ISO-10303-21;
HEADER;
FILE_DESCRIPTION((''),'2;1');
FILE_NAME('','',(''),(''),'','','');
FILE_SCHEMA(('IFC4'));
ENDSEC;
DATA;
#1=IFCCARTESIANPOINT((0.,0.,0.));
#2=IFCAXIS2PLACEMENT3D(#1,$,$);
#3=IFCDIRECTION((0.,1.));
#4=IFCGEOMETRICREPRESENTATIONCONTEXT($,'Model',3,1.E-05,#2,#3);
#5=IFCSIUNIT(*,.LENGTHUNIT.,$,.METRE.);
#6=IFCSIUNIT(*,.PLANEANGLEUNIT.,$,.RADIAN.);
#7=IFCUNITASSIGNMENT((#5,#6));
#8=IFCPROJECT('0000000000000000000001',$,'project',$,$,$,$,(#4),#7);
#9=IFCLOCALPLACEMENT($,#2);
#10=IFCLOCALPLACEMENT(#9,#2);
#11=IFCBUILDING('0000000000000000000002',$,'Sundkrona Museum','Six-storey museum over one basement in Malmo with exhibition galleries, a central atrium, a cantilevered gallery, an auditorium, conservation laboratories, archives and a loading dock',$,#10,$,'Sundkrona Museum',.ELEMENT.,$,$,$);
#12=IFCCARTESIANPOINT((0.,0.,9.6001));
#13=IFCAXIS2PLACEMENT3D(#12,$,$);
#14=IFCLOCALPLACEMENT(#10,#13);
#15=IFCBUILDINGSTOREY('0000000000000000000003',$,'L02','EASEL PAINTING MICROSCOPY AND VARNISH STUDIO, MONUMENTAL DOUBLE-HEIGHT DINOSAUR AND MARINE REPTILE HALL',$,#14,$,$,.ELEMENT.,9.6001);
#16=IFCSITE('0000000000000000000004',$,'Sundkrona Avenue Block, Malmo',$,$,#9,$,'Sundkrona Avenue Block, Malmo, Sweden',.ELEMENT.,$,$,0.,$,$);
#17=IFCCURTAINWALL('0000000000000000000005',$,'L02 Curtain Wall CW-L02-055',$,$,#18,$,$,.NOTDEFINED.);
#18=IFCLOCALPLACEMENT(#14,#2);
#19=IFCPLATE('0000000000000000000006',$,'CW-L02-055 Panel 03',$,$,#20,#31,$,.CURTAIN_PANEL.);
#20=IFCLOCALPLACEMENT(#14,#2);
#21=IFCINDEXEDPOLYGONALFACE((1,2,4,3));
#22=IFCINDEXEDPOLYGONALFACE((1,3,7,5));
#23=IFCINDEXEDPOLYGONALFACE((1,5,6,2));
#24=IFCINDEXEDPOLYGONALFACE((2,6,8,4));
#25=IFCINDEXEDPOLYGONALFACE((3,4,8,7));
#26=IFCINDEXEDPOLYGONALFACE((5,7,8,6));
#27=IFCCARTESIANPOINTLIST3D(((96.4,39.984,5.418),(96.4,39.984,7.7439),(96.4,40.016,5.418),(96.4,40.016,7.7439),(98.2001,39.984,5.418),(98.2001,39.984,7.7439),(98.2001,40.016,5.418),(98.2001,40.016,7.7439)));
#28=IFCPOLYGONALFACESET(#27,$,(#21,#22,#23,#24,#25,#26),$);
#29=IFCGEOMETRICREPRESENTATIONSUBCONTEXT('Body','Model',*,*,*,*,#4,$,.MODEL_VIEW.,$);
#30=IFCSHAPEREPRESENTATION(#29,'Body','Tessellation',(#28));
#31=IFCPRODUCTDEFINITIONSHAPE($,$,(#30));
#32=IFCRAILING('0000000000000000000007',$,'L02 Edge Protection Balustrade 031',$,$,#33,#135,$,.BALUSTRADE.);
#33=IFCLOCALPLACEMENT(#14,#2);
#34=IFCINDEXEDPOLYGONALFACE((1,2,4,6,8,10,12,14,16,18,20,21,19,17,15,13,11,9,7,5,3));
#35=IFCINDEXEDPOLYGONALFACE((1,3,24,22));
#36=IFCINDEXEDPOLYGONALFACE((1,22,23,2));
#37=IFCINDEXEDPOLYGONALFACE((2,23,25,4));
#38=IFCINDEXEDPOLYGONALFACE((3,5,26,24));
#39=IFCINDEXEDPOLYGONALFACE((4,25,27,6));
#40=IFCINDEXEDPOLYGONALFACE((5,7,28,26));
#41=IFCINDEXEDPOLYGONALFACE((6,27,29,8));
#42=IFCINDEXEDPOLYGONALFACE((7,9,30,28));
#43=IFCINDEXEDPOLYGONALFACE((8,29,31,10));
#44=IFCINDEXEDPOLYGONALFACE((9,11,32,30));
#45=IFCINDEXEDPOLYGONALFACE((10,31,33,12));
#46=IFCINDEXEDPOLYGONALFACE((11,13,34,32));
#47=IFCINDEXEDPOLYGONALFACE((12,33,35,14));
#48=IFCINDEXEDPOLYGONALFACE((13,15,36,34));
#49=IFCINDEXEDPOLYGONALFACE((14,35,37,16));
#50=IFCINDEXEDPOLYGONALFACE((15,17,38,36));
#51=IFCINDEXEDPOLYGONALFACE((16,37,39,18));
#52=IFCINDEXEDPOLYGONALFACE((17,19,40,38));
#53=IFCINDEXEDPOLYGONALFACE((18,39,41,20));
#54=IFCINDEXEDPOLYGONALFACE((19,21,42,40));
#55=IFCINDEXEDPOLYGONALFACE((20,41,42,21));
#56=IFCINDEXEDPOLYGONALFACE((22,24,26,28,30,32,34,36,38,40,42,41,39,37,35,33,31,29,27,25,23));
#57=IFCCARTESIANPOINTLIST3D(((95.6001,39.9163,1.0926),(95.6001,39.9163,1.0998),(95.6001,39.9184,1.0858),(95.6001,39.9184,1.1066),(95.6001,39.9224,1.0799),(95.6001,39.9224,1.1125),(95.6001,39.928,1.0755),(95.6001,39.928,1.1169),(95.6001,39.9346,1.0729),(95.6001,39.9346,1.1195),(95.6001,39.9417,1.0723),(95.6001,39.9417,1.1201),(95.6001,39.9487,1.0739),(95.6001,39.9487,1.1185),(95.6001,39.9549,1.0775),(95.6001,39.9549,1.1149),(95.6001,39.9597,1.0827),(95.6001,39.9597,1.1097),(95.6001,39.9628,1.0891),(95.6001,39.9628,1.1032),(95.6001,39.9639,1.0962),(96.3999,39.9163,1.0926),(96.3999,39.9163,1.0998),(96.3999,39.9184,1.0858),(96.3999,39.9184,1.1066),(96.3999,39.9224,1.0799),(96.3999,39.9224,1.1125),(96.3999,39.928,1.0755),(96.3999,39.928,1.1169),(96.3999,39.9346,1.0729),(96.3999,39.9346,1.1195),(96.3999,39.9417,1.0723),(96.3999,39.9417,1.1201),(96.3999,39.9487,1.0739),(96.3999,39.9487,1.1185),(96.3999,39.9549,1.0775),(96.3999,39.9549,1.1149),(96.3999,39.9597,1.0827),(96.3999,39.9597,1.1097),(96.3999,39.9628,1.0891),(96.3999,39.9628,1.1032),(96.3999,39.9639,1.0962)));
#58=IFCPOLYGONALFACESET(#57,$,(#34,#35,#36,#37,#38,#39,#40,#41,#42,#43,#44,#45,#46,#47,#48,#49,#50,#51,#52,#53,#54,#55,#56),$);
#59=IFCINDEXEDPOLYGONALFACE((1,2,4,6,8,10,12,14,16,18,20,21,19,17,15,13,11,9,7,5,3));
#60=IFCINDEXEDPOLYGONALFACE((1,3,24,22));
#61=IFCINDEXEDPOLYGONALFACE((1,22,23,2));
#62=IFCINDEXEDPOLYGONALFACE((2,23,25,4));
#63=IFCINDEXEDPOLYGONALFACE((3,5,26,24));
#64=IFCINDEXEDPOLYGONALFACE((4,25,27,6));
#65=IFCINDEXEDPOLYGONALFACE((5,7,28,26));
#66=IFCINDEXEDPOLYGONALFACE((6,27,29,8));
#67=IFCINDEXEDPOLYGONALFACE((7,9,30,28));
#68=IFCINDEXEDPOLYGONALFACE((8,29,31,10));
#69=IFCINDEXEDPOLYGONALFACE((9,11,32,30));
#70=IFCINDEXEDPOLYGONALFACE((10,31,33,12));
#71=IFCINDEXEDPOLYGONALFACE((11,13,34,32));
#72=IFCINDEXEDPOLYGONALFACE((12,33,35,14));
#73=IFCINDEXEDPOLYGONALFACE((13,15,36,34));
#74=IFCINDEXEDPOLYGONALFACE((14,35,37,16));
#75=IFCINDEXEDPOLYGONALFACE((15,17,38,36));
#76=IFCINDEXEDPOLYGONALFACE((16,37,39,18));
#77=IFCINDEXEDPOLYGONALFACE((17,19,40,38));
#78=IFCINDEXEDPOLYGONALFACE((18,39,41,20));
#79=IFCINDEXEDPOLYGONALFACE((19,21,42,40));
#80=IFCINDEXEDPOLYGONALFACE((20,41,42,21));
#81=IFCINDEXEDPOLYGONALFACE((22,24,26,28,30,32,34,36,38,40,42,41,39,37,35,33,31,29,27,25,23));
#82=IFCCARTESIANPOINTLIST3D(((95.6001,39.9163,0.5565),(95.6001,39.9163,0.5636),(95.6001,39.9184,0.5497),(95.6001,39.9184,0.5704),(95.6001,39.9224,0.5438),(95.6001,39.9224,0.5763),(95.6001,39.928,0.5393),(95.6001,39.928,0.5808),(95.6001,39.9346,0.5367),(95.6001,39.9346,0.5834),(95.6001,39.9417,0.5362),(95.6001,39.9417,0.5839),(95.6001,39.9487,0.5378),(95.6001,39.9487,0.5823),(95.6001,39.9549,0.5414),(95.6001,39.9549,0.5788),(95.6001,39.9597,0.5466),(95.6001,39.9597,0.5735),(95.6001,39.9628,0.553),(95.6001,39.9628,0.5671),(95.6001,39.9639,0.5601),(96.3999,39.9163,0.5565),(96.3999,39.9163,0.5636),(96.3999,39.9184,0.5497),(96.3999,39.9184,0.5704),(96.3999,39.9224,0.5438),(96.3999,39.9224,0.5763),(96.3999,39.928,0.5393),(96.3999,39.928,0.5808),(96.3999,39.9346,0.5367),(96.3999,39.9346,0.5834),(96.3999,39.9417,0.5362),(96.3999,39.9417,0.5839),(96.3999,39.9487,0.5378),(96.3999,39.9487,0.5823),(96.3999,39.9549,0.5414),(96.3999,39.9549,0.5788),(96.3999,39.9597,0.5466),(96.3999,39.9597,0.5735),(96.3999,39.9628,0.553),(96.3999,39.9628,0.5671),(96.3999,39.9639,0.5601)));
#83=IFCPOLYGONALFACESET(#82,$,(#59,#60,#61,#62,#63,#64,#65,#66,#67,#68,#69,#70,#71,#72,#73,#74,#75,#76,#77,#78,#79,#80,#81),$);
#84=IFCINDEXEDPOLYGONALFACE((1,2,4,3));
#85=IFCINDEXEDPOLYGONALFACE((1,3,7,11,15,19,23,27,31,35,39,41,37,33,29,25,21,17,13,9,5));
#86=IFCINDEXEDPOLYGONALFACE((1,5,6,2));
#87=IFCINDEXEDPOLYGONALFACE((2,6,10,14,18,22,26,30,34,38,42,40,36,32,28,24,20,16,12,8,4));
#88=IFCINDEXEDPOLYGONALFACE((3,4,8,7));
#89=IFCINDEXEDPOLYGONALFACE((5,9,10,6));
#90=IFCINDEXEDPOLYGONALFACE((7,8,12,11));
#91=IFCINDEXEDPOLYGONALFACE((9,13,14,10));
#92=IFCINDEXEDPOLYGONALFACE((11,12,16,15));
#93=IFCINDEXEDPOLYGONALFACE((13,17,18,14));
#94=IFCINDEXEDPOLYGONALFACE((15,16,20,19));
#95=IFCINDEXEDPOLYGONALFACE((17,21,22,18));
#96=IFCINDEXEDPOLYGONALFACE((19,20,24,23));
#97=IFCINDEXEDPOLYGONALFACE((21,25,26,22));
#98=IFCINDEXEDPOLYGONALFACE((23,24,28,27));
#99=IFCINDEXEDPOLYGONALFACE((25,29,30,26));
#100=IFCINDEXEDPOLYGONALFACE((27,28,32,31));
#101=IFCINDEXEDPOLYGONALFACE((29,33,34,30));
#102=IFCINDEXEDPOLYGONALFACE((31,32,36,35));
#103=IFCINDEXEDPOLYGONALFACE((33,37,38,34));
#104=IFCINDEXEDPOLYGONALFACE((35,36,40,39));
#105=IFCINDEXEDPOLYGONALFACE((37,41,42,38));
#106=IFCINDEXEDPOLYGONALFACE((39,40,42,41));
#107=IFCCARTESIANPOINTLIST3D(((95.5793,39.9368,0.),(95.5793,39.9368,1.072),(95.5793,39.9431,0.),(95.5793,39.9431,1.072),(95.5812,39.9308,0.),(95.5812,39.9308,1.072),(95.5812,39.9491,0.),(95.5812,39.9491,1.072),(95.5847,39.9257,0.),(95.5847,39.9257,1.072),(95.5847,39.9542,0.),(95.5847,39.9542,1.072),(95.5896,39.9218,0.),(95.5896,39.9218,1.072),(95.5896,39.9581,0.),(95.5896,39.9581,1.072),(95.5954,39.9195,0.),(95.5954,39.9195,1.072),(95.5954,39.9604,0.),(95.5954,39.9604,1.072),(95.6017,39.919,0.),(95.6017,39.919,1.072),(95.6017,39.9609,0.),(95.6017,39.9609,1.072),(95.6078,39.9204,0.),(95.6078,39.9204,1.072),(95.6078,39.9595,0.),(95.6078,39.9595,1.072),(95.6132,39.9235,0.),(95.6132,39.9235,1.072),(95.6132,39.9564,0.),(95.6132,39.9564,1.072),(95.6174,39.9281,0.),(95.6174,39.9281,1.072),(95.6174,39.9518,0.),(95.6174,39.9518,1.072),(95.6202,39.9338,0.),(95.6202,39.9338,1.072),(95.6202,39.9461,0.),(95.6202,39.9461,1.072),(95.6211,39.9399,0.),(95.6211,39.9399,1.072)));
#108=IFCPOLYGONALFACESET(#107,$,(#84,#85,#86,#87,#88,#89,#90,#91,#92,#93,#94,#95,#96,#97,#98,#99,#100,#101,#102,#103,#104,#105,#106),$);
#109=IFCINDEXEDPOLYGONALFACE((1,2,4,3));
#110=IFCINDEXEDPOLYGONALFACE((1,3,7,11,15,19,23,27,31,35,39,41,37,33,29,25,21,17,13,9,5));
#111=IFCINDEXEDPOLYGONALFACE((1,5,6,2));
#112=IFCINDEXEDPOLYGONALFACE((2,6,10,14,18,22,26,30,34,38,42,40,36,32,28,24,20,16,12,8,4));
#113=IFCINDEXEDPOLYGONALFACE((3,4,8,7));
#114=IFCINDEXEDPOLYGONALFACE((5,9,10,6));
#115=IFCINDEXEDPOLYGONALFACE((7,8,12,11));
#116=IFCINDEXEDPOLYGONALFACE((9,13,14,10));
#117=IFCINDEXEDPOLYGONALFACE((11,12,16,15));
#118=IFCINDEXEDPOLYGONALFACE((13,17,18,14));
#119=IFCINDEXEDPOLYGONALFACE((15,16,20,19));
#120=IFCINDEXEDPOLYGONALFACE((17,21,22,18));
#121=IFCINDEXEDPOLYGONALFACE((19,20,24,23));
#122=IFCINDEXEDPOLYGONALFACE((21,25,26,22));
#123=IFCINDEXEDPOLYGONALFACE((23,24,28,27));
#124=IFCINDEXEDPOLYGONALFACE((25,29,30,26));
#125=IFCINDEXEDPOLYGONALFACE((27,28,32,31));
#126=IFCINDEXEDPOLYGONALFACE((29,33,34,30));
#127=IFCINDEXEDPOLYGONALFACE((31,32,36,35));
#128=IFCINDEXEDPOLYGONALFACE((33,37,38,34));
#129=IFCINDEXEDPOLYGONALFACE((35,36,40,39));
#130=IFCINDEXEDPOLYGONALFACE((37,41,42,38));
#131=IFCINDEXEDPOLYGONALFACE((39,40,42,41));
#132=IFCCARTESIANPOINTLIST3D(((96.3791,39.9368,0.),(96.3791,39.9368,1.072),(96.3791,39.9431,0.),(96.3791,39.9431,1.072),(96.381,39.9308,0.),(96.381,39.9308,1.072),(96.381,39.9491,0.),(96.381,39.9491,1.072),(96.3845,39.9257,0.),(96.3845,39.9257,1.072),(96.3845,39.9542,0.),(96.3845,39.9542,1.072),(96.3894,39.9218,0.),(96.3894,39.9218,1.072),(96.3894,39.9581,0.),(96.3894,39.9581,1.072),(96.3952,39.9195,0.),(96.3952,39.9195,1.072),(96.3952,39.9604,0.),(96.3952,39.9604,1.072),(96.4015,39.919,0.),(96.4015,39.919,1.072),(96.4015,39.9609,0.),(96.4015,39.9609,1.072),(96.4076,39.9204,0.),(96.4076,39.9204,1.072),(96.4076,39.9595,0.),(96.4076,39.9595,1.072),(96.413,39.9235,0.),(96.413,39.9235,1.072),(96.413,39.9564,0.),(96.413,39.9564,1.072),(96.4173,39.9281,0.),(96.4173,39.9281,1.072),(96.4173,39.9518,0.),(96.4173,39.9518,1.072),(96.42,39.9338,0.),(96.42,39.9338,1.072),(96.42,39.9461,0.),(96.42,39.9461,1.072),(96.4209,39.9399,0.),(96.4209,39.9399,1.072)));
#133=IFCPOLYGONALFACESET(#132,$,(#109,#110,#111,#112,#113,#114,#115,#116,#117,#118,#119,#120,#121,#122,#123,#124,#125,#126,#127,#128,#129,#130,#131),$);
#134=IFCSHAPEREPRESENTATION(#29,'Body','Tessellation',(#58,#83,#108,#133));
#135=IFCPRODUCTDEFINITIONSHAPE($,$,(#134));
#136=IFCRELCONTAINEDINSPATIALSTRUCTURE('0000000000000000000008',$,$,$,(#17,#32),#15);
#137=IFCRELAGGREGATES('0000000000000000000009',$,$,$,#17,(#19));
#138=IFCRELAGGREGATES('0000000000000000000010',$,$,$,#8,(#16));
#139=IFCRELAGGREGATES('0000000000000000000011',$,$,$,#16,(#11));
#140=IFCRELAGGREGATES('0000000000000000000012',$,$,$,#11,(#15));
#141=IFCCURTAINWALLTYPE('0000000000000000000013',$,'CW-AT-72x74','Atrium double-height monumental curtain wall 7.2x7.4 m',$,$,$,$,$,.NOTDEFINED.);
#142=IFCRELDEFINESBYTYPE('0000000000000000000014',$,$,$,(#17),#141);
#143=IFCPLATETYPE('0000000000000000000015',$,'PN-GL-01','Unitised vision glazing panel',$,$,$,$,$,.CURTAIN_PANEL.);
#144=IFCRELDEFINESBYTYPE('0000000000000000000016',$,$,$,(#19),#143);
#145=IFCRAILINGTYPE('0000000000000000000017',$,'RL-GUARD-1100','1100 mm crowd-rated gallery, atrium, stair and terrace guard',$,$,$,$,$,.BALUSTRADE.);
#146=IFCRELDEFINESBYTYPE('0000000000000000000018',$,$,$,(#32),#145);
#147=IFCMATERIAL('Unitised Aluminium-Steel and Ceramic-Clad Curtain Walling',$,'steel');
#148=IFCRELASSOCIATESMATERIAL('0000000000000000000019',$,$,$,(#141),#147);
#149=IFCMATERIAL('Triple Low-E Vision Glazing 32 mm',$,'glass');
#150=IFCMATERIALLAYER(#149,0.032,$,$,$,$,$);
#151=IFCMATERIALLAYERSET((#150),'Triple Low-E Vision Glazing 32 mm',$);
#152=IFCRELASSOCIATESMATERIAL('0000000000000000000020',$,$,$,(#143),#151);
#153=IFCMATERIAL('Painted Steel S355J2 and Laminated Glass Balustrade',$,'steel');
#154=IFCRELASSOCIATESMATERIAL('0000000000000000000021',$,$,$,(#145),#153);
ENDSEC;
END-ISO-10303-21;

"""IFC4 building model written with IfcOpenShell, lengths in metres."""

from ifc_helpers import new_model, si_unit, direction, frame, origin, origin_2d, place, context, subcontext, project, spatial, rectangle, circle, extrude, material, layer, layer_set, type_object, element, aggregate, save


model = new_model("IFC4")

# Units and contexts
model_context = context("Model", 3, precision=1e-05, world=origin(), true_north=direction((0.0, 1.0)))
body_context = subcontext(model_context, "Body", "Model", "MODEL_VIEW")
ifc_project = project(units=[si_unit("LENGTHUNIT", "METRE"), si_unit("PLANEANGLEUNIT", "RADIAN")], contexts=[model_context])

# Site, building, storey
site_placement = place(None, origin())
site = spatial("IfcSite", under=ifc_project, at=site_placement, Name="Sundkrona Avenue Block, Malmo", LongName="Sundkrona Avenue Block, Malmo, Sweden", CompositionType="ELEMENT", RefElevation=0.0)
building_placement = place(site_placement, origin())
building = spatial("IfcBuilding", under=site, at=building_placement, Name="Sundkrona Museum", Description="Six-storey museum over one basement in Malmo with exhibition galleries, a central atrium, a cantilevered gallery, an auditorium, conservation laboratories, archives and a loading dock", LongName="Sundkrona Museum", CompositionType="ELEMENT")
storey_placement = place(building_placement, frame((0.0, 0.0, 9.6001)))
storey = spatial("IfcBuildingStorey", under=building, at=storey_placement, Name="L02", Description="EASEL PAINTING MICROSCOPY AND VARNISH STUDIO, MONUMENTAL DOUBLE-HEIGHT DINOSAUR AND MARINE REPTILE HALL", CompositionType="ELEMENT", Elevation=9.6001)

# Shared definitions
ifc_material_1 = material(Name="Unitised Aluminium-Steel and Ceramic-Clad Curtain Walling", Category="steel")
curtain_wall_type = type_object("IfcCurtainWallType", Name="CW-AT-72x74", Description="Atrium double-height monumental curtain wall 7.2x7.4 m", PredefinedType="NOTDEFINED", material=ifc_material_1)

# Curtain wall
curtain_wall_1_placement = place(storey_placement, origin())
curtain_wall_1 = element("IfcCurtainWall", 1, at=curtain_wall_1_placement, inside=storey, type_object=curtain_wall_type, Name="L02 Curtain Wall CW-L02-055", PredefinedType="NOTDEFINED")

# Plate
ifc_material_2 = material(Name="Triple Low-E Vision Glazing 32 mm", Category="glass")
ifc_layer = layer(ifc_material_2, 0.032)
ifc_layer_set = layer_set([ifc_layer], Name="Triple Low-E Vision Glazing 32 mm")
plate_type = type_object("IfcPlateType", Name="PN-GL-01", Description="Unitised vision glazing panel", PredefinedType="CURTAIN_PANEL", material=ifc_layer_set)
plate_1_placement = place(storey_placement, frame((97.3, 40.0, 5.418), z_axis=(0.0, 0.0, 1.0), x_axis=(1.0, 0.0, 0.0)))
plate_1 = element("IfcPlate", 2, at=plate_1_placement, type_object=plate_type, Name="CW-L02-055 Panel 03", PredefinedType="CURTAIN_PANEL", context=body_context, shape_type="SweptSolid", body=[
    extrude(rectangle(XDim=1.8, YDim=0.032, at=origin_2d()), origin(), (0.0, 0.0, 1.0), 2.3259),
])
aggregate(curtain_wall_1, [plate_1])

# Railing
ifc_material_3 = material(Name="Painted Steel S355J2 and Laminated Glass Balustrade", Category="steel")
railing_type = type_object("IfcRailingType", Name="RL-GUARD-1100", Description="1100 mm crowd-rated gallery, atrium, stair and terrace guard", PredefinedType="BALUSTRADE", material=ifc_material_3)
for number, where, name in (
    (3, (95.6001, 39.9399, 0.0), "L02 Edge Protection Balustrade 031"),
):
    element("IfcRailing", number, at=place(storey_placement, frame(where)), inside=storey, type_object=railing_type, Name=name, PredefinedType="BALUSTRADE", context=body_context, shape_type="SweptSolid", body=[
        extrude(circle(Radius=0.0239, at=origin_2d()), frame((0.0, 0.0, 1.0962), z_axis=(1.0, 0.0, 0.0), x_axis=(0.0, 1.0, 0.0)), (0.0, 0.0, 1.0), 0.7998),
        extrude(circle(Radius=0.0239, at=origin_2d()), frame((0.0, 0.0, 0.5601), z_axis=(1.0, 0.0, 0.0), x_axis=(0.0, 1.0, 0.0)), (0.0, 0.0, 1.0), 0.7998),
        extrude(circle(Radius=0.021, at=origin_2d()), origin(), (0.0, 0.0, 1.0), 1.072),
        extrude(circle(Radius=0.021, at=origin_2d()), frame((0.7998, 0.0, 0.0)), (0.0, 0.0, 1.0), 1.072),
    ])

save(model, "model.ifc")
